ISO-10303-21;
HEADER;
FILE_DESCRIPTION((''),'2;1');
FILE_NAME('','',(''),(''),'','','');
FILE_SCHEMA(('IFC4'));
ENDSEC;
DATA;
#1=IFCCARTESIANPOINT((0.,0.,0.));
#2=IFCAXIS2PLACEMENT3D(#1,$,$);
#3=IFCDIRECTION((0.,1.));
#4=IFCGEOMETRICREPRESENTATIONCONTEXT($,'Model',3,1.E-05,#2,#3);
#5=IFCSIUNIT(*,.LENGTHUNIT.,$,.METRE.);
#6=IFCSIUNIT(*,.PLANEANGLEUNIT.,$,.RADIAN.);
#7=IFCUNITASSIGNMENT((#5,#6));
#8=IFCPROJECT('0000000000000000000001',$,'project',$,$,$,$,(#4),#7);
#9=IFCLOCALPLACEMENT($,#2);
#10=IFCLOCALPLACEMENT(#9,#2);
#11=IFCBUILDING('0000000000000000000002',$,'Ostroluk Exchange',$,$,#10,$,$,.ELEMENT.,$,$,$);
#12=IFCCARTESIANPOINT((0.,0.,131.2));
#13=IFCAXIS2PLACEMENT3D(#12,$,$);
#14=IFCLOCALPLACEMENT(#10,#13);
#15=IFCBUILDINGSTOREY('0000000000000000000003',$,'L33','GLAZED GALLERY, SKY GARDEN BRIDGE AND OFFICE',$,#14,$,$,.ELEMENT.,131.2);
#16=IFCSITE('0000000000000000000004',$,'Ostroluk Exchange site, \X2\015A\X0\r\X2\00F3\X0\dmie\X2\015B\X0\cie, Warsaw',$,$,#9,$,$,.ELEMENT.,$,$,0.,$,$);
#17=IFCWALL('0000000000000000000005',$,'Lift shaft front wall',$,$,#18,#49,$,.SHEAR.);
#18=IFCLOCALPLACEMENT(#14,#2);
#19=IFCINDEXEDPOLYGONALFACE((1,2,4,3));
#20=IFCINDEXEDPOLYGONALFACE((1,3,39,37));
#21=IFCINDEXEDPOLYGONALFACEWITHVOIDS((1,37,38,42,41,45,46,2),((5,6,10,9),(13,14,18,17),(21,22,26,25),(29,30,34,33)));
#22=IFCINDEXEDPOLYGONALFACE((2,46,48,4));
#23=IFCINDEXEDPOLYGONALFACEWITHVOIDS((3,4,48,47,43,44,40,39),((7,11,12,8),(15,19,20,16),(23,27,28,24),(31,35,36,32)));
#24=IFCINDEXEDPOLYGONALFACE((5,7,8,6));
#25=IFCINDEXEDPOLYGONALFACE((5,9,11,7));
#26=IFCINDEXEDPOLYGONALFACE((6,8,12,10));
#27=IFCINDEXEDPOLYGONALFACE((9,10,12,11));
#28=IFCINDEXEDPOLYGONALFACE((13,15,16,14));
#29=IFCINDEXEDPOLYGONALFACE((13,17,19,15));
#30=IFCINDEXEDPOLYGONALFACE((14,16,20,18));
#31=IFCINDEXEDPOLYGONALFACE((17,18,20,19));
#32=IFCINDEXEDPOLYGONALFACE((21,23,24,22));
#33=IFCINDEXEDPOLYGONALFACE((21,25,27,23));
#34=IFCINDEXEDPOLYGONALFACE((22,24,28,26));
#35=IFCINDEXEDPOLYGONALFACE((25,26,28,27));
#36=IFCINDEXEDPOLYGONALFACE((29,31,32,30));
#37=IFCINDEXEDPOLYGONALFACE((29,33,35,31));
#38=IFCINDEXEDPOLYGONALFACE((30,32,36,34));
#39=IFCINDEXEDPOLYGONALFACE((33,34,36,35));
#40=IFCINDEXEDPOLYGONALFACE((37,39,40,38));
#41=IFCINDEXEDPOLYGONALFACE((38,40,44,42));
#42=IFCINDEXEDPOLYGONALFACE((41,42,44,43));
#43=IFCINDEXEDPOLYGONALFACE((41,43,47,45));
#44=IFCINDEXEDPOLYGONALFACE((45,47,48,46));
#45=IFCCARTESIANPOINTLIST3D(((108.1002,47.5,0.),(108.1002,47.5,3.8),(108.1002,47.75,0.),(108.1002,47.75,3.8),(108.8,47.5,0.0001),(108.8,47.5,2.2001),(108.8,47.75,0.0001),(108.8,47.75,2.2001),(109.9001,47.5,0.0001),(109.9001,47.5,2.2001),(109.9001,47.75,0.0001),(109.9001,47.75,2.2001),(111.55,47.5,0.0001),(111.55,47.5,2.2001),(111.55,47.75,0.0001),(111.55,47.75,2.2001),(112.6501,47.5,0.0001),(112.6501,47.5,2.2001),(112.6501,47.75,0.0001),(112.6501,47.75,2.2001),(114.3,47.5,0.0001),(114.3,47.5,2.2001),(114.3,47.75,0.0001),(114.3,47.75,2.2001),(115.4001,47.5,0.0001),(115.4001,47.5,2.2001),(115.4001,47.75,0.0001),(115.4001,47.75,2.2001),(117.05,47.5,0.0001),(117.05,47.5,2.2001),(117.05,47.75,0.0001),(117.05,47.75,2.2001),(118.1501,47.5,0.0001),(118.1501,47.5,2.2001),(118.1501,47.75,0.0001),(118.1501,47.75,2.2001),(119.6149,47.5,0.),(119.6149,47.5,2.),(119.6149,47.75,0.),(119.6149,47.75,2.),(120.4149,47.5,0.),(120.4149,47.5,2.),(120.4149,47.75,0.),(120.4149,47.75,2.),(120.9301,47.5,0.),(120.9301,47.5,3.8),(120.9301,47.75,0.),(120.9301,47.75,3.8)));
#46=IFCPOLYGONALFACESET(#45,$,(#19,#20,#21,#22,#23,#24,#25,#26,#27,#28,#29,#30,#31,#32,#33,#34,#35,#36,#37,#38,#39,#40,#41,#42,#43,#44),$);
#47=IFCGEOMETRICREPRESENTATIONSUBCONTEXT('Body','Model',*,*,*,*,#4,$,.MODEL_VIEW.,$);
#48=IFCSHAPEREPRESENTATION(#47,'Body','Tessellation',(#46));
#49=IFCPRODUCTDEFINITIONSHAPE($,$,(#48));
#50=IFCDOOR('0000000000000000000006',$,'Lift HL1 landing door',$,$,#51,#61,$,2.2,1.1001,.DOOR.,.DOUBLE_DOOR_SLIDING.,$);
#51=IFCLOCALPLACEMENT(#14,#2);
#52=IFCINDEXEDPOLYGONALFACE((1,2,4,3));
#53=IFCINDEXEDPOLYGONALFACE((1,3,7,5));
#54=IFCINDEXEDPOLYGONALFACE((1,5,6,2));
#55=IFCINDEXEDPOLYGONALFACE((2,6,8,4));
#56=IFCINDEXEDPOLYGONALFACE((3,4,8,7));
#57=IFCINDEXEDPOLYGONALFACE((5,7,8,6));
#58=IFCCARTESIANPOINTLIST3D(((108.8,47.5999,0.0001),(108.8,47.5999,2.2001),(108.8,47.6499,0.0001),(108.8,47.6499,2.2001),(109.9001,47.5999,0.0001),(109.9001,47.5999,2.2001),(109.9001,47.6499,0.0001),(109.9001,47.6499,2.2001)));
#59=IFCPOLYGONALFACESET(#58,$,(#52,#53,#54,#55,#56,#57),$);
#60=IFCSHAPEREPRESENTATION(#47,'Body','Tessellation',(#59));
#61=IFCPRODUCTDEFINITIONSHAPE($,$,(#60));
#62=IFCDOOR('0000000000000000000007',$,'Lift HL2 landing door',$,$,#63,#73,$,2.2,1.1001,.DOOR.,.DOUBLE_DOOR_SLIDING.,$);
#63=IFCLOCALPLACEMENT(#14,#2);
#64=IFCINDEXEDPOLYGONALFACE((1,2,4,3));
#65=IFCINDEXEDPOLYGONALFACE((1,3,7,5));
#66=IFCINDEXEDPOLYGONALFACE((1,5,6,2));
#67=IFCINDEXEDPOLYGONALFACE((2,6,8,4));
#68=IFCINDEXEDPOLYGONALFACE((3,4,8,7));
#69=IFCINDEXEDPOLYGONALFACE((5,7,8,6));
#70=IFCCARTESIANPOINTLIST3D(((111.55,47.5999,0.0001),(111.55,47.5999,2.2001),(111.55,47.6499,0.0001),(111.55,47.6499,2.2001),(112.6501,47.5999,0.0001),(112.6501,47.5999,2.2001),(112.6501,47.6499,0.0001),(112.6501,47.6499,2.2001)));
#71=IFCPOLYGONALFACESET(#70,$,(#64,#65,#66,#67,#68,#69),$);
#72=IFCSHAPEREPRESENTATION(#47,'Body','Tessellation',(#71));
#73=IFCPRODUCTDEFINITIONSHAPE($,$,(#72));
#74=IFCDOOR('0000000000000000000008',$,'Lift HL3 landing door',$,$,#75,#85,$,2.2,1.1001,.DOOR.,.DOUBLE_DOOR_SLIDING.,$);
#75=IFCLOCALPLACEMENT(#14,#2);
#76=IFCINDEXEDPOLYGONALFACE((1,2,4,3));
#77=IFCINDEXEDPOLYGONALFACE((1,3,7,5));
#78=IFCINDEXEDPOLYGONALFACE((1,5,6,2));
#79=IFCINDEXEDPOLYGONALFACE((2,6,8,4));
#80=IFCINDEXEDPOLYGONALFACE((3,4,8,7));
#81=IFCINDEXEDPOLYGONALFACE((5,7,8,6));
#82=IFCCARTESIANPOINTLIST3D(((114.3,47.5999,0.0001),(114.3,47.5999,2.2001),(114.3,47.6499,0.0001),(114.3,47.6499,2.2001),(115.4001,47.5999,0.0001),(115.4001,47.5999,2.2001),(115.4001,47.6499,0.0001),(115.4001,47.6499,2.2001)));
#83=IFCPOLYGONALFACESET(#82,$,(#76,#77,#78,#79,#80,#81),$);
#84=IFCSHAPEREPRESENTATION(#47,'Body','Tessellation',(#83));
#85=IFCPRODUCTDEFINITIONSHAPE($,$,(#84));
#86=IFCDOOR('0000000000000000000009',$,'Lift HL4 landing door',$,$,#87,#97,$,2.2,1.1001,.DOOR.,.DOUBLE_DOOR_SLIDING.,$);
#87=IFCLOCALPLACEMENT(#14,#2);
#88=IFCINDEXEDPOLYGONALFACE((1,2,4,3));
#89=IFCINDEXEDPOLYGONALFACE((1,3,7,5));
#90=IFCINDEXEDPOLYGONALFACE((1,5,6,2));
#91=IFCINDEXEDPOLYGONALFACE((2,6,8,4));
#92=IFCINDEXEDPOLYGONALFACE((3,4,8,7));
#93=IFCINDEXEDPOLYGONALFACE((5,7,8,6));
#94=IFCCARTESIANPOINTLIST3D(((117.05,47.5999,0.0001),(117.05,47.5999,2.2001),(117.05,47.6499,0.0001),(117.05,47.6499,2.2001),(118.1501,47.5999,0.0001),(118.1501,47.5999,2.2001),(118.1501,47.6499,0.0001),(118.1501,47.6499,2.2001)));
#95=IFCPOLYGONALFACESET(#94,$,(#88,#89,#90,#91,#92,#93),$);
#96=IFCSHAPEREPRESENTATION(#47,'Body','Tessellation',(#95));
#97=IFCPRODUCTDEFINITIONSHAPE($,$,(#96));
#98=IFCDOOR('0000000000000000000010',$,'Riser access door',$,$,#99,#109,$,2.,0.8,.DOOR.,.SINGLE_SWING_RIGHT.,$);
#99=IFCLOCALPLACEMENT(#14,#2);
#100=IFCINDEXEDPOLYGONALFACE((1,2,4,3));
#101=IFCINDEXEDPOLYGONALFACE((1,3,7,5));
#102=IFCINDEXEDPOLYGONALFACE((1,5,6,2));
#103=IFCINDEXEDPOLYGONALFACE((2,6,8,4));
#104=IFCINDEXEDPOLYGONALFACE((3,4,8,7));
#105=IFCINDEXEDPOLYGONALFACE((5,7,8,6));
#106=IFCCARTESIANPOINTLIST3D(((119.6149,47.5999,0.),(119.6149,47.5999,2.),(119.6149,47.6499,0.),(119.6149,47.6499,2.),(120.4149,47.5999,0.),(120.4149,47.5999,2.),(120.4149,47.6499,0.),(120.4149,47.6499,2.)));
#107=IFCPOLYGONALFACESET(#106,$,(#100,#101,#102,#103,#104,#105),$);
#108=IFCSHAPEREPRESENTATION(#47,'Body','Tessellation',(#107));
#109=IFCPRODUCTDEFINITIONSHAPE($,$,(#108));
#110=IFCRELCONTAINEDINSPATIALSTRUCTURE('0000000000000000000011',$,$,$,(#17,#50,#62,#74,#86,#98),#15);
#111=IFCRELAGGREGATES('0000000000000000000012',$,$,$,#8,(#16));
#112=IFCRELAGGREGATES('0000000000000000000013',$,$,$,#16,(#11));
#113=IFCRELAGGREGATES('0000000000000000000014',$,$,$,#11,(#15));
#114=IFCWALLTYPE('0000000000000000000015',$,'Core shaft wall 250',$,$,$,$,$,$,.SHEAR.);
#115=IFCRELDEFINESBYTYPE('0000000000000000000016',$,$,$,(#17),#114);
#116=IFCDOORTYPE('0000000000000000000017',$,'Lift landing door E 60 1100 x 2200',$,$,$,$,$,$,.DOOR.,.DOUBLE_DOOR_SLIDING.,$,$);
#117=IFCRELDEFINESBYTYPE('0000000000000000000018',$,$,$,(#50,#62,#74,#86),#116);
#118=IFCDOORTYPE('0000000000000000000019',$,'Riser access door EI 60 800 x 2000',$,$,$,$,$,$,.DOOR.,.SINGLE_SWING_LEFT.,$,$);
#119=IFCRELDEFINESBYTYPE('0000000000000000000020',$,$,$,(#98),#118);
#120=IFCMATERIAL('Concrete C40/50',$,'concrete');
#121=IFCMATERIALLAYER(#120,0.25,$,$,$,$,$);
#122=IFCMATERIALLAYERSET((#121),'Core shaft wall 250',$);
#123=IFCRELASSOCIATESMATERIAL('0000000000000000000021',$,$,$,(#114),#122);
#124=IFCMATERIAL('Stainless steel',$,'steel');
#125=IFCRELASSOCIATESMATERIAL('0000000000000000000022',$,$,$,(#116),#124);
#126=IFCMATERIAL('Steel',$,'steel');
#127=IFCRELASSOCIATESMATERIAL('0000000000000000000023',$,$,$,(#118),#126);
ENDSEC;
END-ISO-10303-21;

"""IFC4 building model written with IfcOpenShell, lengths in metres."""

from ifc_helpers import new_model, si_unit, direction, frame, frame_2d, origin, place, context, subcontext, project, spatial, rectangle, extrude, material, layer, layer_set, type_object, element, fill, save


model = new_model("IFC4")

# Units and contexts
model_context = context("Model", 3, precision=1e-05, world=origin(), true_north=direction((0.0, 1.0)))
body_context = subcontext(model_context, "Body", "Model", "MODEL_VIEW")
ifc_project = project(units=[si_unit("LENGTHUNIT", "METRE"), si_unit("PLANEANGLEUNIT", "RADIAN")], contexts=[model_context])

# Site, building, storey
site_placement = place(None, origin())
site = spatial("IfcSite", under=ifc_project, at=site_placement, Name="Ostroluk Exchange site, Śródmieście, Warsaw", CompositionType="ELEMENT", RefElevation=0.0)
building_placement = place(site_placement, origin())
building = spatial("IfcBuilding", under=site, at=building_placement, Name="Ostroluk Exchange", CompositionType="ELEMENT")
storey_placement = place(building_placement, frame((0.0, 0.0, 131.2)))
storey = spatial("IfcBuildingStorey", under=building, at=storey_placement, Name="L33", Description="GLAZED GALLERY, SKY GARDEN BRIDGE AND OFFICE", CompositionType="ELEMENT", Elevation=131.2)

# Shared definitions
ifc_material_1 = material(Name="Concrete C40/50", Category="concrete")
ifc_layer_1 = layer(ifc_material_1, 0.25)
ifc_layer_set_1 = layer_set([ifc_layer_1], Name="Core shaft wall 250")
wall_type_1 = type_object("IfcWallType", Name="Core shaft wall 250", PredefinedType="SHEAR", material=ifc_layer_set_1)

# Wall, openings, doors
wall_1_placement = place(storey_placement, frame((108.1001, 47.625, 0.0), z_axis=(0.0, 0.0, 1.0), x_axis=(1.0, 0.0, 0.0)))
wall_1 = element("IfcWall", 1, at=wall_1_placement, inside=storey, type_object=wall_type_1, Name="Lift shaft front wall", PredefinedType="SHEAR", context=body_context, shape_type="SweptSolid", body=[
    extrude(rectangle(XDim=12.8298, YDim=0.25, at=frame_2d((6.415, 0.0))), origin(), (0.0, 0.0, 1.0), 3.8),
])
opening_1_placement = place(wall_1_placement, frame((0.7, 0.0, 0.0)))
opening_1 = element("IfcOpeningElement", 2, at=opening_1_placement, cuts=wall_1, PredefinedType="OPENING", context=body_context, shape_type="SweptSolid", body=[
    extrude(rectangle(XDim=1.1001, YDim=2.2, at=frame_2d((0.55, 1.1001))), frame((0.0, 0.135, 0.0), z_axis=(0.0, -1.0, 0.0), x_axis=(1.0, 0.0, 0.0)), (0.0, 0.0, 1.0), 0.27),
])
opening_2_placement = place(wall_1_placement, frame((3.45, 0.0, 0.0)))
opening_2 = element("IfcOpeningElement", 3, at=opening_2_placement, cuts=wall_1, PredefinedType="OPENING", context=body_context, shape_type="SweptSolid", body=[
    extrude(rectangle(XDim=1.1001, YDim=2.2, at=frame_2d((0.55, 1.1001))), frame((0.0, 0.135, 0.0), z_axis=(0.0, -1.0, 0.0), x_axis=(1.0, 0.0, 0.0)), (0.0, 0.0, 1.0), 0.27),
])
opening_3_placement = place(wall_1_placement, frame((6.2, 0.0, 0.0)))
opening_3 = element("IfcOpeningElement", 4, at=opening_3_placement, cuts=wall_1, PredefinedType="OPENING", context=body_context, shape_type="SweptSolid", body=[
    extrude(rectangle(XDim=1.1001, YDim=2.2, at=frame_2d((0.55, 1.1001))), frame((0.0, 0.135, 0.0), z_axis=(0.0, -1.0, 0.0), x_axis=(1.0, 0.0, 0.0)), (0.0, 0.0, 1.0), 0.27),
])
opening_4_placement = place(wall_1_placement, frame((8.95, 0.0, 0.0)))
opening_4 = element("IfcOpeningElement", 5, at=opening_4_placement, cuts=wall_1, PredefinedType="OPENING", context=body_context, shape_type="SweptSolid", body=[
    extrude(rectangle(XDim=1.1001, YDim=2.2, at=frame_2d((0.55, 1.1001))), frame((0.0, 0.135, 0.0), z_axis=(0.0, -1.0, 0.0), x_axis=(1.0, 0.0, 0.0)), (0.0, 0.0, 1.0), 0.27),
])
opening_5_placement = place(wall_1_placement, frame((11.5149, 0.0, 0.0)))
opening_5 = element("IfcOpeningElement", 6, at=opening_5_placement, cuts=wall_1, PredefinedType="OPENING", context=body_context, shape_type="SweptSolid", body=[
    extrude(rectangle(XDim=0.8, YDim=2.0, at=frame_2d((0.3999, 1.0))), frame((0.0, 0.135, 0.0), z_axis=(0.0, -1.0, 0.0), x_axis=(1.0, 0.0, 0.0)), (0.0, 0.0, 1.0), 0.27),
])
ifc_material_2 = material(Name="Stainless steel", Category="steel")
door_type_1 = type_object("IfcDoorType", Name="Lift landing door E 60 1100 x 2200", OperationType="DOUBLE_DOOR_SLIDING", PredefinedType="DOOR", material=ifc_material_2)
door_1_placement = place(opening_1_placement, origin())
door_1 = element("IfcDoor", 7, at=door_1_placement, inside=storey, type_object=door_type_1, Name="Lift HL1 landing door", OperationType="DOUBLE_DOOR_SLIDING", OverallHeight=2.2, OverallWidth=1.1001, PredefinedType="DOOR", context=body_context, shape_type="SweptSolid", body=[
    extrude(rectangle(XDim=1.1001, YDim=2.2, at=frame_2d((0.55, 1.1001))), frame((0.0, 0.0249, 0.0), z_axis=(0.0, -1.0, 0.0), x_axis=(1.0, 0.0, 0.0)), (0.0, 0.0, 1.0), 0.05),
])
fill(opening_1, door_1)
door_2_placement = place(opening_2_placement, origin())
door_2 = element("IfcDoor", 8, at=door_2_placement, inside=storey, type_object=door_type_1, Name="Lift HL2 landing door", OperationType="DOUBLE_DOOR_SLIDING", OverallHeight=2.2, OverallWidth=1.1001, PredefinedType="DOOR", context=body_context, shape_type="SweptSolid", body=[
    extrude(rectangle(XDim=1.1001, YDim=2.2, at=frame_2d((0.55, 1.1001))), frame((0.0, 0.0249, 0.0), z_axis=(0.0, -1.0, 0.0), x_axis=(1.0, 0.0, 0.0)), (0.0, 0.0, 1.0), 0.05),
])
fill(opening_2, door_2)
door_3_placement = place(opening_3_placement, origin())
door_3 = element("IfcDoor", 9, at=door_3_placement, inside=storey, type_object=door_type_1, Name="Lift HL3 landing door", OperationType="DOUBLE_DOOR_SLIDING", OverallHeight=2.2, OverallWidth=1.1001, PredefinedType="DOOR", context=body_context, shape_type="SweptSolid", body=[
    extrude(rectangle(XDim=1.1001, YDim=2.2, at=frame_2d((0.55, 1.1001))), frame((0.0, 0.0249, 0.0), z_axis=(0.0, -1.0, 0.0), x_axis=(1.0, 0.0, 0.0)), (0.0, 0.0, 1.0), 0.05),
])
fill(opening_3, door_3)
door_4_placement = place(opening_4_placement, origin())
door_4 = element("IfcDoor", 10, at=door_4_placement, inside=storey, type_object=door_type_1, Name="Lift HL4 landing door", OperationType="DOUBLE_DOOR_SLIDING", OverallHeight=2.2, OverallWidth=1.1001, PredefinedType="DOOR", context=body_context, shape_type="SweptSolid", body=[
    extrude(rectangle(XDim=1.1001, YDim=2.2, at=frame_2d((0.55, 1.1001))), frame((0.0, 0.0249, 0.0), z_axis=(0.0, -1.0, 0.0), x_axis=(1.0, 0.0, 0.0)), (0.0, 0.0, 1.0), 0.05),
])
fill(opening_4, door_4)
ifc_material_3 = material(Name="Steel", Category="steel")
door_type_2 = type_object("IfcDoorType", Name="Riser access door EI 60 800 x 2000", OperationType="SINGLE_SWING_LEFT", PredefinedType="DOOR", material=ifc_material_3)
door_5_placement = place(opening_5_placement, origin())
door_5 = element("IfcDoor", 11, at=door_5_placement, inside=storey, type_object=door_type_2, Name="Riser access door", OperationType="SINGLE_SWING_RIGHT", OverallHeight=2.0, OverallWidth=0.8, PredefinedType="DOOR", context=body_context, shape_type="SweptSolid", body=[
    extrude(rectangle(XDim=0.8, YDim=2.0, at=frame_2d((0.3999, 1.0))), frame((0.0, 0.0249, 0.0), z_axis=(0.0, -1.0, 0.0), x_axis=(1.0, 0.0, 0.0)), (0.0, 0.0, 1.0), 0.05),
])
fill(opening_5, door_5)

save(model, "model.ifc")
